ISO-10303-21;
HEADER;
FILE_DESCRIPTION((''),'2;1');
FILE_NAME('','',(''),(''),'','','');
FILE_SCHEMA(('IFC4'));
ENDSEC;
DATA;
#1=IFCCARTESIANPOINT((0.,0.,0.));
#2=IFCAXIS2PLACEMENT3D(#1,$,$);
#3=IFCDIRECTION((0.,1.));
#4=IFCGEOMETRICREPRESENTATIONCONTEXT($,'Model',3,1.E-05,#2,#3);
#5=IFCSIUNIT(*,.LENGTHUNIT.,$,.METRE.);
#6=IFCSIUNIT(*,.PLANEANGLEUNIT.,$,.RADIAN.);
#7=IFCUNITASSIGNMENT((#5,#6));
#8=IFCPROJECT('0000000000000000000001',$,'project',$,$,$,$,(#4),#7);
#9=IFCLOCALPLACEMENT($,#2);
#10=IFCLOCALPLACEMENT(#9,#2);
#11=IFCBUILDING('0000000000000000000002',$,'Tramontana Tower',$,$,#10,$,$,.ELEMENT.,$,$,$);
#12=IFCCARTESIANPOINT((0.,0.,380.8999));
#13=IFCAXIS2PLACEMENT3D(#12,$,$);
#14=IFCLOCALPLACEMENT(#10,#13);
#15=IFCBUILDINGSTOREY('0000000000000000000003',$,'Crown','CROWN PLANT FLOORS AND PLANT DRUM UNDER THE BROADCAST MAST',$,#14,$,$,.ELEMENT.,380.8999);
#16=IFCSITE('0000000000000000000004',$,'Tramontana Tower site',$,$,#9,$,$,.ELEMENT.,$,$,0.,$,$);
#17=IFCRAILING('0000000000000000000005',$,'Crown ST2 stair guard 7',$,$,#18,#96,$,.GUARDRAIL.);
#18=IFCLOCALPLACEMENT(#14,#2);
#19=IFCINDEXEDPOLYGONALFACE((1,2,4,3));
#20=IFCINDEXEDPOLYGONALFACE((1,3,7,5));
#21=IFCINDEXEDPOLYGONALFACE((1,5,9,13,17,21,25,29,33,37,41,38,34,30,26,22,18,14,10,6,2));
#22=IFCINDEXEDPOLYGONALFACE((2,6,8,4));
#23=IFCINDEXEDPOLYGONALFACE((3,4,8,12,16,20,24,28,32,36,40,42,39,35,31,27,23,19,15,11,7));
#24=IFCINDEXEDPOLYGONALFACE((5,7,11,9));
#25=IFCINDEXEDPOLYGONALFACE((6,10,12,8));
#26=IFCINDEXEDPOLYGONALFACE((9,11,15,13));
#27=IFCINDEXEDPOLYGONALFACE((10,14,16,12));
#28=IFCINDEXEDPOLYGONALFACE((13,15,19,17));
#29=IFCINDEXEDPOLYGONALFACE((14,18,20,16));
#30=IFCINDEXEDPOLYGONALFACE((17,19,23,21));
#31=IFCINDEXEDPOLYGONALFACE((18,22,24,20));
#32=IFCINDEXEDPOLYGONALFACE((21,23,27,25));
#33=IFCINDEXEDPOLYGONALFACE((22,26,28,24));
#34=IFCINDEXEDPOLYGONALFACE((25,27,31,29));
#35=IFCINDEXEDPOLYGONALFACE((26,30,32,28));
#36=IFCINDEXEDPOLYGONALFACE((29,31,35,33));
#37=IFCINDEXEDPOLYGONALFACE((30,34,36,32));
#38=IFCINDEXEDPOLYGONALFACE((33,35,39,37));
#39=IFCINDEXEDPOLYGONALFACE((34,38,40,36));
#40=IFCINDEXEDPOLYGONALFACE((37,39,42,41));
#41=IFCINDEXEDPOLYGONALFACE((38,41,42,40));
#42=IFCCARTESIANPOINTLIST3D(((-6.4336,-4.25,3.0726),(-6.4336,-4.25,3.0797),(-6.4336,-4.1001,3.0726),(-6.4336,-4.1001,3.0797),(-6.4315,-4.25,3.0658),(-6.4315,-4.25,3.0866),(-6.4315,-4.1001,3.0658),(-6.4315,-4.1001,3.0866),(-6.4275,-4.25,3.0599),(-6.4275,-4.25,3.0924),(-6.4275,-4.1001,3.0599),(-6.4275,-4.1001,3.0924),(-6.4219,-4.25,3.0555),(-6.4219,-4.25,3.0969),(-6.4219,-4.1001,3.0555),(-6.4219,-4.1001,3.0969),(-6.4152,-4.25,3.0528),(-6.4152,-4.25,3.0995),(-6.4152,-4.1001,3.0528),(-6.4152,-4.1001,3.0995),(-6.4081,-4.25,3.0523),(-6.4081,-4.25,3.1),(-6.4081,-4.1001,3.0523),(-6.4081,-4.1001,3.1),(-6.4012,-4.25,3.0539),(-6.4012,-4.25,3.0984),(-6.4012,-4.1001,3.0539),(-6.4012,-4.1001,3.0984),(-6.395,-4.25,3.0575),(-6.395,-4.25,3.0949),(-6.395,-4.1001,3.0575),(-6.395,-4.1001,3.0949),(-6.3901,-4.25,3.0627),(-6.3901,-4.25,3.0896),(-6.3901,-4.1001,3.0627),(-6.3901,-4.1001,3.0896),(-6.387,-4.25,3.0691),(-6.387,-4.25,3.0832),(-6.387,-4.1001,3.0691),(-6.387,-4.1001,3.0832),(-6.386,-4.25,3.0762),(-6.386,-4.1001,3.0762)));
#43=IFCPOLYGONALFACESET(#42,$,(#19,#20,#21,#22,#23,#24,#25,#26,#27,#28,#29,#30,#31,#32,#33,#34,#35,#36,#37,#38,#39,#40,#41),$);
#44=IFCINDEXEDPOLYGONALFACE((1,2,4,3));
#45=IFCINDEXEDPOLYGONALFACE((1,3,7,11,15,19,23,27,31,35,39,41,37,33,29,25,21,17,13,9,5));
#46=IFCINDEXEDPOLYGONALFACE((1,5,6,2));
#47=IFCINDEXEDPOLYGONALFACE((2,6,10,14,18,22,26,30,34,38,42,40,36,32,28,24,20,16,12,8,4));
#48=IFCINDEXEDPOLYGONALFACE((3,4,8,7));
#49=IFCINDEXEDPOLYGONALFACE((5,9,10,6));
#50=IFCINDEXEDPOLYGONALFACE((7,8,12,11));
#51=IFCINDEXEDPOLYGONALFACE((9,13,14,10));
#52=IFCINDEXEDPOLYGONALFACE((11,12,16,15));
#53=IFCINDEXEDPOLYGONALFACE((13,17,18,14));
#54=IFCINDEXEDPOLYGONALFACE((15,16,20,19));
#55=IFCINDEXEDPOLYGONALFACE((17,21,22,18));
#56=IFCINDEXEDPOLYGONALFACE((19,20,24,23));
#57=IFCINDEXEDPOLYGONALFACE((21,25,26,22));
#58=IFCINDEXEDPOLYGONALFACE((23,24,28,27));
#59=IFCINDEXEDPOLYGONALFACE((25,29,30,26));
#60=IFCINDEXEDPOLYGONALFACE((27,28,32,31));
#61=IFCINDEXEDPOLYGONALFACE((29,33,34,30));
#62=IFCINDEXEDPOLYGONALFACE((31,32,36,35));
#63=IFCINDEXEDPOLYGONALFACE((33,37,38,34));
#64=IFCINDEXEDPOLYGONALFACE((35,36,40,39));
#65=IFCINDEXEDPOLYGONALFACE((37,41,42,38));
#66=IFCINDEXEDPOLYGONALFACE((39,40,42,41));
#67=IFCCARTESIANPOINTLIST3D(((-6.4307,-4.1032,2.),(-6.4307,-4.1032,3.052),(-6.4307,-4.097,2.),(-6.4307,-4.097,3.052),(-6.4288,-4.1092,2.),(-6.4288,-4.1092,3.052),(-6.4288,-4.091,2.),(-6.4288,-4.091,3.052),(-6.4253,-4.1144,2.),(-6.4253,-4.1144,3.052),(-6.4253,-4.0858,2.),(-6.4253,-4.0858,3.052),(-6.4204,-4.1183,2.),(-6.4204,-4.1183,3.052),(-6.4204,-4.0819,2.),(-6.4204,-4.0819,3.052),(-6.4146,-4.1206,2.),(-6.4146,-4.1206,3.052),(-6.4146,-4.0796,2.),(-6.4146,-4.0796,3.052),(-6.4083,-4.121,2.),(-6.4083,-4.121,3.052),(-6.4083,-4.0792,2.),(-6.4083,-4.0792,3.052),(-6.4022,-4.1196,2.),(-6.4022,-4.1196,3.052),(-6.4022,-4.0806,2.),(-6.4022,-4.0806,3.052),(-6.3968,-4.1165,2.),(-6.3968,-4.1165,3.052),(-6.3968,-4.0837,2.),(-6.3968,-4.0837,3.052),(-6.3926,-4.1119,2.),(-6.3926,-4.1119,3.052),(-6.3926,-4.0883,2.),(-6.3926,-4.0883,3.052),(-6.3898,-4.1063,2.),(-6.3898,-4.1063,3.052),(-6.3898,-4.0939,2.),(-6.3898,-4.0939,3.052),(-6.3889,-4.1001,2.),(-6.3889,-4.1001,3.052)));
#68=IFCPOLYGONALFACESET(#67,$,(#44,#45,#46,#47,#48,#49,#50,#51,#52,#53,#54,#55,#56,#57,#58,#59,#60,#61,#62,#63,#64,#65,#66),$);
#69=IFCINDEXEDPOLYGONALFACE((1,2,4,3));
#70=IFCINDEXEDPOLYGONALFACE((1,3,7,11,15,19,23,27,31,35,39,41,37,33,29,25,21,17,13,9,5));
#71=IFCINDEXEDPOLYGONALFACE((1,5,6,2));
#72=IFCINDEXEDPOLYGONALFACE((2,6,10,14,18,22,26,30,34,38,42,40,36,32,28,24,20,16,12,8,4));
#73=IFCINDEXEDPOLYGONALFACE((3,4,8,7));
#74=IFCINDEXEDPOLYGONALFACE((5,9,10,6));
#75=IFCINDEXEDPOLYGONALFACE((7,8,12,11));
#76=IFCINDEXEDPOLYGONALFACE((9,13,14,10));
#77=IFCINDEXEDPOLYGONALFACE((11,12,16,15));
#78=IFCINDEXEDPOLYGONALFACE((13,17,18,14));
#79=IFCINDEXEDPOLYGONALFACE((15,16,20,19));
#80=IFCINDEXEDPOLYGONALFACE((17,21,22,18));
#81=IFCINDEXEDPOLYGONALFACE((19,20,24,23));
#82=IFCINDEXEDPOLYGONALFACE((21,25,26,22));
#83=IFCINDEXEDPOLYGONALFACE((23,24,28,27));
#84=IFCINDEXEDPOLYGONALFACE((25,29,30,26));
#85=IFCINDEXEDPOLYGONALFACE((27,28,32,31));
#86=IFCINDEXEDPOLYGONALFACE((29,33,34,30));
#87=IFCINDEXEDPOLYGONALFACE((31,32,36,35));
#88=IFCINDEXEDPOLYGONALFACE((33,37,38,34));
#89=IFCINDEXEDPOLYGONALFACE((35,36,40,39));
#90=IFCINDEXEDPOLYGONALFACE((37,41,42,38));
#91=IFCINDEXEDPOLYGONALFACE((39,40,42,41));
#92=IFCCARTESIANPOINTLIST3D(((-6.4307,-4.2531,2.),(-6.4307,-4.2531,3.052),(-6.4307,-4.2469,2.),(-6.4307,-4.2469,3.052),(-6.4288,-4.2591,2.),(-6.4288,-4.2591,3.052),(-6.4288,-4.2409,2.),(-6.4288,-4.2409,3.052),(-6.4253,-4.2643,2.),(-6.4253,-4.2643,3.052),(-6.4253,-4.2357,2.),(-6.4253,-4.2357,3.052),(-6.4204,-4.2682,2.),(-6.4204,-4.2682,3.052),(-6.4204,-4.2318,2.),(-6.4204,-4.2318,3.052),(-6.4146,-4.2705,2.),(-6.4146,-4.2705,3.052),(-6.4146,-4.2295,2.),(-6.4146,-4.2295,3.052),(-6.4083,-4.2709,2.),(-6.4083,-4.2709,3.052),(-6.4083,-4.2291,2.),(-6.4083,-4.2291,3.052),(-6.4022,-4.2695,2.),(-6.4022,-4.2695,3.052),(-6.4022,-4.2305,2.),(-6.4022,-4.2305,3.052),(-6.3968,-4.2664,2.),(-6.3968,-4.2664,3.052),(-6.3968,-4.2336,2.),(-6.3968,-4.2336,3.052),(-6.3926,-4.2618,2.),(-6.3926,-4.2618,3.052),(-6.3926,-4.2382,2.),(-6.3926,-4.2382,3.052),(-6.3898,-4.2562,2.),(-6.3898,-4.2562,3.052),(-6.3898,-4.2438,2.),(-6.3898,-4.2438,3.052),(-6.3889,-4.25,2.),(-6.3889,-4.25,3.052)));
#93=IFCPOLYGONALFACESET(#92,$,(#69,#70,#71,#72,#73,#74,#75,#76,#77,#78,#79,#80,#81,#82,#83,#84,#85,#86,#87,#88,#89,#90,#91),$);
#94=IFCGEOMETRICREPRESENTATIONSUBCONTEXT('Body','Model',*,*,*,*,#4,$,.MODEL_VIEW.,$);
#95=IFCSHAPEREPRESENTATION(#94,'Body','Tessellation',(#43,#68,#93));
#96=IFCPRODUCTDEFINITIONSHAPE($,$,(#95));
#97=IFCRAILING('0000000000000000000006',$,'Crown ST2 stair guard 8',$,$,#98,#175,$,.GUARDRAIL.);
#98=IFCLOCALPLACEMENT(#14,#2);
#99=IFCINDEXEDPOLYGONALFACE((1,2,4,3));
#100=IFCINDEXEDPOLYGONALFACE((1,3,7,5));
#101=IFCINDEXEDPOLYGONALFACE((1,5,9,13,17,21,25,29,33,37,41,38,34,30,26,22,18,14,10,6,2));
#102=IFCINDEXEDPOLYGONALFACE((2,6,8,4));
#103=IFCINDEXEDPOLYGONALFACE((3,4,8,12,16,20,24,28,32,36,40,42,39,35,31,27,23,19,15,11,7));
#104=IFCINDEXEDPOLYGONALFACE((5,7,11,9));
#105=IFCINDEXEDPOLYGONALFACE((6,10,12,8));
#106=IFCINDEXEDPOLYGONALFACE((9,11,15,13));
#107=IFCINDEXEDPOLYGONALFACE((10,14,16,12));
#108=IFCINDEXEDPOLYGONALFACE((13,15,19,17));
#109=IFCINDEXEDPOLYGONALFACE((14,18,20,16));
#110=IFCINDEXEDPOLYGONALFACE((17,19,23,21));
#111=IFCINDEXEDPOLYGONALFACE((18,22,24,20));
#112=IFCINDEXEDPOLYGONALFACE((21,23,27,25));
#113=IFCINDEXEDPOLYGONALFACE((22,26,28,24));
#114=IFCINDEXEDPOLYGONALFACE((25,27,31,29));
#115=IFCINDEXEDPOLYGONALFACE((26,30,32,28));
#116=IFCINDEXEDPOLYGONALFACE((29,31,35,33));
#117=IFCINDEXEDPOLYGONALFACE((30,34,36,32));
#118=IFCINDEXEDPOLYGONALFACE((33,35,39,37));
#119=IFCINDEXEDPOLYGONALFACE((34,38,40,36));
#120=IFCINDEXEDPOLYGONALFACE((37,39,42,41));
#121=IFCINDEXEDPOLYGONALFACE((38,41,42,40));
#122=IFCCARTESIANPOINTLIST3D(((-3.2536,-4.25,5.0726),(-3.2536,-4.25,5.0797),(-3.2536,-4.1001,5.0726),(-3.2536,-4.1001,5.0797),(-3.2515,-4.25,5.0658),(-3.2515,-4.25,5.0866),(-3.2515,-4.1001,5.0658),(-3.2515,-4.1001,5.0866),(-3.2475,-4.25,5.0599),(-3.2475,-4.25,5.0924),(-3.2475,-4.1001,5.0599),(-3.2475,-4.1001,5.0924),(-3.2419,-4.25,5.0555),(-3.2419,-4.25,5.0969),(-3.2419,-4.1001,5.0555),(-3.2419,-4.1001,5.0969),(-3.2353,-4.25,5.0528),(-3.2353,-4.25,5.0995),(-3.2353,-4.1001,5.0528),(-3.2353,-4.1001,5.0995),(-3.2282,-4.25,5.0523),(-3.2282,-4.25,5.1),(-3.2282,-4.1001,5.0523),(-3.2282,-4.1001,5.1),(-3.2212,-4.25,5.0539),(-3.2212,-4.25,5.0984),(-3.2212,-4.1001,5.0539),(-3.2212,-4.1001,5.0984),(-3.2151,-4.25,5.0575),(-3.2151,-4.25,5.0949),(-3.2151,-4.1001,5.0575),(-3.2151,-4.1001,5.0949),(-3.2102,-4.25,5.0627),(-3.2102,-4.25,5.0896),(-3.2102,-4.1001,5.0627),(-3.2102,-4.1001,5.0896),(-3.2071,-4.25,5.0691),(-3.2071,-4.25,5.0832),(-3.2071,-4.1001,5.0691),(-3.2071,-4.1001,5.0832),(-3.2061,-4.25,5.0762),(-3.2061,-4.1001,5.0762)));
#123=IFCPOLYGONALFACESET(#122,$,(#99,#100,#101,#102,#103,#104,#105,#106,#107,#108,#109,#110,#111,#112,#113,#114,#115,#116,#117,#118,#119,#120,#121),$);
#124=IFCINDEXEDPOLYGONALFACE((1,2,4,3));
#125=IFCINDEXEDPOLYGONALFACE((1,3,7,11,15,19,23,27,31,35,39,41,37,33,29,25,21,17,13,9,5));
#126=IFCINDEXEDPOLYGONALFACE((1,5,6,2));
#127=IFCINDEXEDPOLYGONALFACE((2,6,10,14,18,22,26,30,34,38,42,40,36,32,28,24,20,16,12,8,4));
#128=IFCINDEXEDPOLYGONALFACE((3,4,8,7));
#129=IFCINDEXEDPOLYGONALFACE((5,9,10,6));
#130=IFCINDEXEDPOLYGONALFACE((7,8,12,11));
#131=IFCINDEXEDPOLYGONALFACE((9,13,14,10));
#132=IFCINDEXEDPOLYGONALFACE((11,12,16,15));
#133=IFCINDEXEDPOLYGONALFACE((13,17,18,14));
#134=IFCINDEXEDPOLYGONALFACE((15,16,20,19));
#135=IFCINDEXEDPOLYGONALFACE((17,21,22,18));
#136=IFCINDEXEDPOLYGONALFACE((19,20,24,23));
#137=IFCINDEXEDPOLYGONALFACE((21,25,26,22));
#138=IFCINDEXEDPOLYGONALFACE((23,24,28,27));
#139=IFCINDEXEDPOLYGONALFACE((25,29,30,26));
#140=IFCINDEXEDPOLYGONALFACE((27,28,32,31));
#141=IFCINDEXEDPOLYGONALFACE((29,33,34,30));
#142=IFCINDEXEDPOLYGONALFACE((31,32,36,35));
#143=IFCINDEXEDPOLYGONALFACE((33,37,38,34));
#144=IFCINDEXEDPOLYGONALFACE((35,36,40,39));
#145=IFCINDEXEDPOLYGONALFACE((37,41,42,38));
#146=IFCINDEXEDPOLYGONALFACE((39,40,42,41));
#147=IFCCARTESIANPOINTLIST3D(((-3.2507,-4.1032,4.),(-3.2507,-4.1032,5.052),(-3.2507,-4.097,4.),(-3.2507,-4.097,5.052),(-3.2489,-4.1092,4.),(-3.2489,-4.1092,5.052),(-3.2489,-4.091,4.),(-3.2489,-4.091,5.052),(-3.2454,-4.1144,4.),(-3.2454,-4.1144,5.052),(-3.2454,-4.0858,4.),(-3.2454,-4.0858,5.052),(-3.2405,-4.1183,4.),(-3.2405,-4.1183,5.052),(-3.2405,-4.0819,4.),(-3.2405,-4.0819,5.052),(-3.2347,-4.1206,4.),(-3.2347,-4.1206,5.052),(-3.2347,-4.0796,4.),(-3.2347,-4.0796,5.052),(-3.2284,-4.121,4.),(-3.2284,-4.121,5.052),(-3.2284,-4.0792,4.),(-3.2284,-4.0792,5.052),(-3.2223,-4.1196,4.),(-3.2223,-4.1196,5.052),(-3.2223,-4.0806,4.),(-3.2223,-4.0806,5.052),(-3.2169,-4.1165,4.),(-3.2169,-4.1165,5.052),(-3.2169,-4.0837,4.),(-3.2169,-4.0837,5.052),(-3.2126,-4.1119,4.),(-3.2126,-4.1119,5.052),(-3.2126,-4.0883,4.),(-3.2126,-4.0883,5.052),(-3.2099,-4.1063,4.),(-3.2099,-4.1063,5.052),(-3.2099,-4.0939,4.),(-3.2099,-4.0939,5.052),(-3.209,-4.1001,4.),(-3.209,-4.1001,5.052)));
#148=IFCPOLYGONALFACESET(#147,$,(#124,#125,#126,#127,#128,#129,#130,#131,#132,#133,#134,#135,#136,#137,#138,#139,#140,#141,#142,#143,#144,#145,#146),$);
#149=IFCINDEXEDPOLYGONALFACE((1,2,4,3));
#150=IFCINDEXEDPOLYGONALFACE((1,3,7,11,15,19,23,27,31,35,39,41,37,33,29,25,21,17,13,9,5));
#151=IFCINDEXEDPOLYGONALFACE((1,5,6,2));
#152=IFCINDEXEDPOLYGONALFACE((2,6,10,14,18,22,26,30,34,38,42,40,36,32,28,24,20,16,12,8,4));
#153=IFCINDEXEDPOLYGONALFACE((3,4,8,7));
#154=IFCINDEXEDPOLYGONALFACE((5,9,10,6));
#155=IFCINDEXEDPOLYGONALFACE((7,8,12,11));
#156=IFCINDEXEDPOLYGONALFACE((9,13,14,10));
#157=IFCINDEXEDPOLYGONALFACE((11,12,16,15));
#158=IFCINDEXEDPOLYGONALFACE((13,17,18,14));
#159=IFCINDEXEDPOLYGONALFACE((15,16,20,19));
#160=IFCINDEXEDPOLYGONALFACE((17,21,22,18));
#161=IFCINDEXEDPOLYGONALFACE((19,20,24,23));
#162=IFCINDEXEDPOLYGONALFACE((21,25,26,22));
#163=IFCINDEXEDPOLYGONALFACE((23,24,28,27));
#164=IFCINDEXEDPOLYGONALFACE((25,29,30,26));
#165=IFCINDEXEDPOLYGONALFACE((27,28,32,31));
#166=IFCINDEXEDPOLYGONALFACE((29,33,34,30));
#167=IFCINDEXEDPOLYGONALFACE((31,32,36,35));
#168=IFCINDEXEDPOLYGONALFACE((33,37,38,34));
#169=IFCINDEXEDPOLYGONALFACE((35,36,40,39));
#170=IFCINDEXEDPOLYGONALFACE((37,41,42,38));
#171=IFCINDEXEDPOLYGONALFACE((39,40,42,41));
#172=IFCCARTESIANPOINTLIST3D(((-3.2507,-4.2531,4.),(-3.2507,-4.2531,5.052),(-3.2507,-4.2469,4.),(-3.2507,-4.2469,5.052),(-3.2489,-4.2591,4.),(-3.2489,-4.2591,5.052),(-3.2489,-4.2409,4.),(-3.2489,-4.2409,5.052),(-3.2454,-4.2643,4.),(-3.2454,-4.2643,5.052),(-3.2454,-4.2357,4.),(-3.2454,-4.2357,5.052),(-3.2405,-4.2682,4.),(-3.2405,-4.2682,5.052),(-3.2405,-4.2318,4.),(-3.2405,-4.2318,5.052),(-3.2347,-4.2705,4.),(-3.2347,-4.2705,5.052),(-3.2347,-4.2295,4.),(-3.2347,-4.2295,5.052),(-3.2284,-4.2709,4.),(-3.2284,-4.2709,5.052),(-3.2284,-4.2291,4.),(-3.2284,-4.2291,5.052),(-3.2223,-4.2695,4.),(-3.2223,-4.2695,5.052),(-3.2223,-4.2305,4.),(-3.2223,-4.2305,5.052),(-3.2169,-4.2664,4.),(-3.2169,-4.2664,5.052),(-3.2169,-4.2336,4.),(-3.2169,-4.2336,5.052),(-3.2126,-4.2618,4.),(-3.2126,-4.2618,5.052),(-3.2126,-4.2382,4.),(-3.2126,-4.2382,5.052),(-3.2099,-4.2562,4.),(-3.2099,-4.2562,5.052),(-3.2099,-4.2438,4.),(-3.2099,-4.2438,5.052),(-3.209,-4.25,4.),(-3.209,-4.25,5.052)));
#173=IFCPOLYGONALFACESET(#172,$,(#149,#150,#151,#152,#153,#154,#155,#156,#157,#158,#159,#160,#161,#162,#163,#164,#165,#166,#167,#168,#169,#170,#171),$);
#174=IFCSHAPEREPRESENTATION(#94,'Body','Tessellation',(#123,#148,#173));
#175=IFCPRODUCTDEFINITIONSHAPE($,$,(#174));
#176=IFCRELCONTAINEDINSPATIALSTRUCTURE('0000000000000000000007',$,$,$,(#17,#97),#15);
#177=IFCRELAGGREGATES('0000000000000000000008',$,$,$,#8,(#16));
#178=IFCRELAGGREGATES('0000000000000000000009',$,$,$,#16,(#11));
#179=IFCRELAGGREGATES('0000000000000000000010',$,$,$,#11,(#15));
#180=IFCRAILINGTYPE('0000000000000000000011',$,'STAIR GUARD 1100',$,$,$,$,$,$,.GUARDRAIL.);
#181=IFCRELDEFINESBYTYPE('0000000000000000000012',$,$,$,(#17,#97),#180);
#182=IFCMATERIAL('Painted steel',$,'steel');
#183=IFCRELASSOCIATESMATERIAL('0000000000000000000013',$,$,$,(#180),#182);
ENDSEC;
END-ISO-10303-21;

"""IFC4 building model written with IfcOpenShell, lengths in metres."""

from ifc_helpers import new_model, si_unit, direction, frame, origin, origin_2d, place, context, subcontext, project, spatial, circle, extrude, material, type_object, element, save


model = new_model("IFC4")

# Units and contexts
model_context = context("Model", 3, precision=1e-05, world=origin(), true_north=direction((0.0, 1.0)))
body_context = subcontext(model_context, "Body", "Model", "MODEL_VIEW")
ifc_project = project(units=[si_unit("LENGTHUNIT", "METRE"), si_unit("PLANEANGLEUNIT", "RADIAN")], contexts=[model_context])

# Site, building, storey
site_placement = place(None, origin())
site = spatial("IfcSite", under=ifc_project, at=site_placement, Name="Tramontana Tower site", CompositionType="ELEMENT", RefElevation=0.0)
building_placement = place(site_placement, origin())
building = spatial("IfcBuilding", under=site, at=building_placement, Name="Tramontana Tower", CompositionType="ELEMENT")
storey_placement = place(building_placement, frame((0.0, 0.0, 380.8999)))
storey = spatial("IfcBuildingStorey", under=building, at=storey_placement, Name="Crown", Description="CROWN PLANT FLOORS AND PLANT DRUM UNDER THE BROADCAST MAST", CompositionType="ELEMENT", Elevation=380.8999)

# Railings
ifc_material_1 = material(Name="Painted steel", Category="steel")
railing_type_1 = type_object("IfcRailingType", Name="STAIR GUARD 1100", PredefinedType="GUARDRAIL", material=ifc_material_1)
for number, where, name in (
    (1, (-6.4099, -4.1001, 2.0), "Crown ST2 stair guard 7"),
    (2, (-3.23, -4.1001, 4.0), "Crown ST2 stair guard 8"),
):
    element("IfcRailing", number, at=place(storey_placement, frame(where)), inside=storey, type_object=railing_type_1, Name=name, PredefinedType="GUARDRAIL", context=body_context, shape_type="SweptSolid", body=[
        extrude(circle(Radius=0.0239, at=origin_2d()), frame((0.0, 0.0, 1.0762), z_axis=(0.0, -1.0, 0.0), x_axis=(1.0, 0.0, 0.0)), (0.0, 0.0, 1.0), 0.1499),
        extrude(circle(Radius=0.021, at=origin_2d()), origin(), (0.0, 0.0, 1.0), 1.052),
        extrude(circle(Radius=0.021, at=origin_2d()), frame((0.0, -0.1499, 0.0)), (0.0, 0.0, 1.0), 1.052),
    ])

save(model, "model.ifc")
